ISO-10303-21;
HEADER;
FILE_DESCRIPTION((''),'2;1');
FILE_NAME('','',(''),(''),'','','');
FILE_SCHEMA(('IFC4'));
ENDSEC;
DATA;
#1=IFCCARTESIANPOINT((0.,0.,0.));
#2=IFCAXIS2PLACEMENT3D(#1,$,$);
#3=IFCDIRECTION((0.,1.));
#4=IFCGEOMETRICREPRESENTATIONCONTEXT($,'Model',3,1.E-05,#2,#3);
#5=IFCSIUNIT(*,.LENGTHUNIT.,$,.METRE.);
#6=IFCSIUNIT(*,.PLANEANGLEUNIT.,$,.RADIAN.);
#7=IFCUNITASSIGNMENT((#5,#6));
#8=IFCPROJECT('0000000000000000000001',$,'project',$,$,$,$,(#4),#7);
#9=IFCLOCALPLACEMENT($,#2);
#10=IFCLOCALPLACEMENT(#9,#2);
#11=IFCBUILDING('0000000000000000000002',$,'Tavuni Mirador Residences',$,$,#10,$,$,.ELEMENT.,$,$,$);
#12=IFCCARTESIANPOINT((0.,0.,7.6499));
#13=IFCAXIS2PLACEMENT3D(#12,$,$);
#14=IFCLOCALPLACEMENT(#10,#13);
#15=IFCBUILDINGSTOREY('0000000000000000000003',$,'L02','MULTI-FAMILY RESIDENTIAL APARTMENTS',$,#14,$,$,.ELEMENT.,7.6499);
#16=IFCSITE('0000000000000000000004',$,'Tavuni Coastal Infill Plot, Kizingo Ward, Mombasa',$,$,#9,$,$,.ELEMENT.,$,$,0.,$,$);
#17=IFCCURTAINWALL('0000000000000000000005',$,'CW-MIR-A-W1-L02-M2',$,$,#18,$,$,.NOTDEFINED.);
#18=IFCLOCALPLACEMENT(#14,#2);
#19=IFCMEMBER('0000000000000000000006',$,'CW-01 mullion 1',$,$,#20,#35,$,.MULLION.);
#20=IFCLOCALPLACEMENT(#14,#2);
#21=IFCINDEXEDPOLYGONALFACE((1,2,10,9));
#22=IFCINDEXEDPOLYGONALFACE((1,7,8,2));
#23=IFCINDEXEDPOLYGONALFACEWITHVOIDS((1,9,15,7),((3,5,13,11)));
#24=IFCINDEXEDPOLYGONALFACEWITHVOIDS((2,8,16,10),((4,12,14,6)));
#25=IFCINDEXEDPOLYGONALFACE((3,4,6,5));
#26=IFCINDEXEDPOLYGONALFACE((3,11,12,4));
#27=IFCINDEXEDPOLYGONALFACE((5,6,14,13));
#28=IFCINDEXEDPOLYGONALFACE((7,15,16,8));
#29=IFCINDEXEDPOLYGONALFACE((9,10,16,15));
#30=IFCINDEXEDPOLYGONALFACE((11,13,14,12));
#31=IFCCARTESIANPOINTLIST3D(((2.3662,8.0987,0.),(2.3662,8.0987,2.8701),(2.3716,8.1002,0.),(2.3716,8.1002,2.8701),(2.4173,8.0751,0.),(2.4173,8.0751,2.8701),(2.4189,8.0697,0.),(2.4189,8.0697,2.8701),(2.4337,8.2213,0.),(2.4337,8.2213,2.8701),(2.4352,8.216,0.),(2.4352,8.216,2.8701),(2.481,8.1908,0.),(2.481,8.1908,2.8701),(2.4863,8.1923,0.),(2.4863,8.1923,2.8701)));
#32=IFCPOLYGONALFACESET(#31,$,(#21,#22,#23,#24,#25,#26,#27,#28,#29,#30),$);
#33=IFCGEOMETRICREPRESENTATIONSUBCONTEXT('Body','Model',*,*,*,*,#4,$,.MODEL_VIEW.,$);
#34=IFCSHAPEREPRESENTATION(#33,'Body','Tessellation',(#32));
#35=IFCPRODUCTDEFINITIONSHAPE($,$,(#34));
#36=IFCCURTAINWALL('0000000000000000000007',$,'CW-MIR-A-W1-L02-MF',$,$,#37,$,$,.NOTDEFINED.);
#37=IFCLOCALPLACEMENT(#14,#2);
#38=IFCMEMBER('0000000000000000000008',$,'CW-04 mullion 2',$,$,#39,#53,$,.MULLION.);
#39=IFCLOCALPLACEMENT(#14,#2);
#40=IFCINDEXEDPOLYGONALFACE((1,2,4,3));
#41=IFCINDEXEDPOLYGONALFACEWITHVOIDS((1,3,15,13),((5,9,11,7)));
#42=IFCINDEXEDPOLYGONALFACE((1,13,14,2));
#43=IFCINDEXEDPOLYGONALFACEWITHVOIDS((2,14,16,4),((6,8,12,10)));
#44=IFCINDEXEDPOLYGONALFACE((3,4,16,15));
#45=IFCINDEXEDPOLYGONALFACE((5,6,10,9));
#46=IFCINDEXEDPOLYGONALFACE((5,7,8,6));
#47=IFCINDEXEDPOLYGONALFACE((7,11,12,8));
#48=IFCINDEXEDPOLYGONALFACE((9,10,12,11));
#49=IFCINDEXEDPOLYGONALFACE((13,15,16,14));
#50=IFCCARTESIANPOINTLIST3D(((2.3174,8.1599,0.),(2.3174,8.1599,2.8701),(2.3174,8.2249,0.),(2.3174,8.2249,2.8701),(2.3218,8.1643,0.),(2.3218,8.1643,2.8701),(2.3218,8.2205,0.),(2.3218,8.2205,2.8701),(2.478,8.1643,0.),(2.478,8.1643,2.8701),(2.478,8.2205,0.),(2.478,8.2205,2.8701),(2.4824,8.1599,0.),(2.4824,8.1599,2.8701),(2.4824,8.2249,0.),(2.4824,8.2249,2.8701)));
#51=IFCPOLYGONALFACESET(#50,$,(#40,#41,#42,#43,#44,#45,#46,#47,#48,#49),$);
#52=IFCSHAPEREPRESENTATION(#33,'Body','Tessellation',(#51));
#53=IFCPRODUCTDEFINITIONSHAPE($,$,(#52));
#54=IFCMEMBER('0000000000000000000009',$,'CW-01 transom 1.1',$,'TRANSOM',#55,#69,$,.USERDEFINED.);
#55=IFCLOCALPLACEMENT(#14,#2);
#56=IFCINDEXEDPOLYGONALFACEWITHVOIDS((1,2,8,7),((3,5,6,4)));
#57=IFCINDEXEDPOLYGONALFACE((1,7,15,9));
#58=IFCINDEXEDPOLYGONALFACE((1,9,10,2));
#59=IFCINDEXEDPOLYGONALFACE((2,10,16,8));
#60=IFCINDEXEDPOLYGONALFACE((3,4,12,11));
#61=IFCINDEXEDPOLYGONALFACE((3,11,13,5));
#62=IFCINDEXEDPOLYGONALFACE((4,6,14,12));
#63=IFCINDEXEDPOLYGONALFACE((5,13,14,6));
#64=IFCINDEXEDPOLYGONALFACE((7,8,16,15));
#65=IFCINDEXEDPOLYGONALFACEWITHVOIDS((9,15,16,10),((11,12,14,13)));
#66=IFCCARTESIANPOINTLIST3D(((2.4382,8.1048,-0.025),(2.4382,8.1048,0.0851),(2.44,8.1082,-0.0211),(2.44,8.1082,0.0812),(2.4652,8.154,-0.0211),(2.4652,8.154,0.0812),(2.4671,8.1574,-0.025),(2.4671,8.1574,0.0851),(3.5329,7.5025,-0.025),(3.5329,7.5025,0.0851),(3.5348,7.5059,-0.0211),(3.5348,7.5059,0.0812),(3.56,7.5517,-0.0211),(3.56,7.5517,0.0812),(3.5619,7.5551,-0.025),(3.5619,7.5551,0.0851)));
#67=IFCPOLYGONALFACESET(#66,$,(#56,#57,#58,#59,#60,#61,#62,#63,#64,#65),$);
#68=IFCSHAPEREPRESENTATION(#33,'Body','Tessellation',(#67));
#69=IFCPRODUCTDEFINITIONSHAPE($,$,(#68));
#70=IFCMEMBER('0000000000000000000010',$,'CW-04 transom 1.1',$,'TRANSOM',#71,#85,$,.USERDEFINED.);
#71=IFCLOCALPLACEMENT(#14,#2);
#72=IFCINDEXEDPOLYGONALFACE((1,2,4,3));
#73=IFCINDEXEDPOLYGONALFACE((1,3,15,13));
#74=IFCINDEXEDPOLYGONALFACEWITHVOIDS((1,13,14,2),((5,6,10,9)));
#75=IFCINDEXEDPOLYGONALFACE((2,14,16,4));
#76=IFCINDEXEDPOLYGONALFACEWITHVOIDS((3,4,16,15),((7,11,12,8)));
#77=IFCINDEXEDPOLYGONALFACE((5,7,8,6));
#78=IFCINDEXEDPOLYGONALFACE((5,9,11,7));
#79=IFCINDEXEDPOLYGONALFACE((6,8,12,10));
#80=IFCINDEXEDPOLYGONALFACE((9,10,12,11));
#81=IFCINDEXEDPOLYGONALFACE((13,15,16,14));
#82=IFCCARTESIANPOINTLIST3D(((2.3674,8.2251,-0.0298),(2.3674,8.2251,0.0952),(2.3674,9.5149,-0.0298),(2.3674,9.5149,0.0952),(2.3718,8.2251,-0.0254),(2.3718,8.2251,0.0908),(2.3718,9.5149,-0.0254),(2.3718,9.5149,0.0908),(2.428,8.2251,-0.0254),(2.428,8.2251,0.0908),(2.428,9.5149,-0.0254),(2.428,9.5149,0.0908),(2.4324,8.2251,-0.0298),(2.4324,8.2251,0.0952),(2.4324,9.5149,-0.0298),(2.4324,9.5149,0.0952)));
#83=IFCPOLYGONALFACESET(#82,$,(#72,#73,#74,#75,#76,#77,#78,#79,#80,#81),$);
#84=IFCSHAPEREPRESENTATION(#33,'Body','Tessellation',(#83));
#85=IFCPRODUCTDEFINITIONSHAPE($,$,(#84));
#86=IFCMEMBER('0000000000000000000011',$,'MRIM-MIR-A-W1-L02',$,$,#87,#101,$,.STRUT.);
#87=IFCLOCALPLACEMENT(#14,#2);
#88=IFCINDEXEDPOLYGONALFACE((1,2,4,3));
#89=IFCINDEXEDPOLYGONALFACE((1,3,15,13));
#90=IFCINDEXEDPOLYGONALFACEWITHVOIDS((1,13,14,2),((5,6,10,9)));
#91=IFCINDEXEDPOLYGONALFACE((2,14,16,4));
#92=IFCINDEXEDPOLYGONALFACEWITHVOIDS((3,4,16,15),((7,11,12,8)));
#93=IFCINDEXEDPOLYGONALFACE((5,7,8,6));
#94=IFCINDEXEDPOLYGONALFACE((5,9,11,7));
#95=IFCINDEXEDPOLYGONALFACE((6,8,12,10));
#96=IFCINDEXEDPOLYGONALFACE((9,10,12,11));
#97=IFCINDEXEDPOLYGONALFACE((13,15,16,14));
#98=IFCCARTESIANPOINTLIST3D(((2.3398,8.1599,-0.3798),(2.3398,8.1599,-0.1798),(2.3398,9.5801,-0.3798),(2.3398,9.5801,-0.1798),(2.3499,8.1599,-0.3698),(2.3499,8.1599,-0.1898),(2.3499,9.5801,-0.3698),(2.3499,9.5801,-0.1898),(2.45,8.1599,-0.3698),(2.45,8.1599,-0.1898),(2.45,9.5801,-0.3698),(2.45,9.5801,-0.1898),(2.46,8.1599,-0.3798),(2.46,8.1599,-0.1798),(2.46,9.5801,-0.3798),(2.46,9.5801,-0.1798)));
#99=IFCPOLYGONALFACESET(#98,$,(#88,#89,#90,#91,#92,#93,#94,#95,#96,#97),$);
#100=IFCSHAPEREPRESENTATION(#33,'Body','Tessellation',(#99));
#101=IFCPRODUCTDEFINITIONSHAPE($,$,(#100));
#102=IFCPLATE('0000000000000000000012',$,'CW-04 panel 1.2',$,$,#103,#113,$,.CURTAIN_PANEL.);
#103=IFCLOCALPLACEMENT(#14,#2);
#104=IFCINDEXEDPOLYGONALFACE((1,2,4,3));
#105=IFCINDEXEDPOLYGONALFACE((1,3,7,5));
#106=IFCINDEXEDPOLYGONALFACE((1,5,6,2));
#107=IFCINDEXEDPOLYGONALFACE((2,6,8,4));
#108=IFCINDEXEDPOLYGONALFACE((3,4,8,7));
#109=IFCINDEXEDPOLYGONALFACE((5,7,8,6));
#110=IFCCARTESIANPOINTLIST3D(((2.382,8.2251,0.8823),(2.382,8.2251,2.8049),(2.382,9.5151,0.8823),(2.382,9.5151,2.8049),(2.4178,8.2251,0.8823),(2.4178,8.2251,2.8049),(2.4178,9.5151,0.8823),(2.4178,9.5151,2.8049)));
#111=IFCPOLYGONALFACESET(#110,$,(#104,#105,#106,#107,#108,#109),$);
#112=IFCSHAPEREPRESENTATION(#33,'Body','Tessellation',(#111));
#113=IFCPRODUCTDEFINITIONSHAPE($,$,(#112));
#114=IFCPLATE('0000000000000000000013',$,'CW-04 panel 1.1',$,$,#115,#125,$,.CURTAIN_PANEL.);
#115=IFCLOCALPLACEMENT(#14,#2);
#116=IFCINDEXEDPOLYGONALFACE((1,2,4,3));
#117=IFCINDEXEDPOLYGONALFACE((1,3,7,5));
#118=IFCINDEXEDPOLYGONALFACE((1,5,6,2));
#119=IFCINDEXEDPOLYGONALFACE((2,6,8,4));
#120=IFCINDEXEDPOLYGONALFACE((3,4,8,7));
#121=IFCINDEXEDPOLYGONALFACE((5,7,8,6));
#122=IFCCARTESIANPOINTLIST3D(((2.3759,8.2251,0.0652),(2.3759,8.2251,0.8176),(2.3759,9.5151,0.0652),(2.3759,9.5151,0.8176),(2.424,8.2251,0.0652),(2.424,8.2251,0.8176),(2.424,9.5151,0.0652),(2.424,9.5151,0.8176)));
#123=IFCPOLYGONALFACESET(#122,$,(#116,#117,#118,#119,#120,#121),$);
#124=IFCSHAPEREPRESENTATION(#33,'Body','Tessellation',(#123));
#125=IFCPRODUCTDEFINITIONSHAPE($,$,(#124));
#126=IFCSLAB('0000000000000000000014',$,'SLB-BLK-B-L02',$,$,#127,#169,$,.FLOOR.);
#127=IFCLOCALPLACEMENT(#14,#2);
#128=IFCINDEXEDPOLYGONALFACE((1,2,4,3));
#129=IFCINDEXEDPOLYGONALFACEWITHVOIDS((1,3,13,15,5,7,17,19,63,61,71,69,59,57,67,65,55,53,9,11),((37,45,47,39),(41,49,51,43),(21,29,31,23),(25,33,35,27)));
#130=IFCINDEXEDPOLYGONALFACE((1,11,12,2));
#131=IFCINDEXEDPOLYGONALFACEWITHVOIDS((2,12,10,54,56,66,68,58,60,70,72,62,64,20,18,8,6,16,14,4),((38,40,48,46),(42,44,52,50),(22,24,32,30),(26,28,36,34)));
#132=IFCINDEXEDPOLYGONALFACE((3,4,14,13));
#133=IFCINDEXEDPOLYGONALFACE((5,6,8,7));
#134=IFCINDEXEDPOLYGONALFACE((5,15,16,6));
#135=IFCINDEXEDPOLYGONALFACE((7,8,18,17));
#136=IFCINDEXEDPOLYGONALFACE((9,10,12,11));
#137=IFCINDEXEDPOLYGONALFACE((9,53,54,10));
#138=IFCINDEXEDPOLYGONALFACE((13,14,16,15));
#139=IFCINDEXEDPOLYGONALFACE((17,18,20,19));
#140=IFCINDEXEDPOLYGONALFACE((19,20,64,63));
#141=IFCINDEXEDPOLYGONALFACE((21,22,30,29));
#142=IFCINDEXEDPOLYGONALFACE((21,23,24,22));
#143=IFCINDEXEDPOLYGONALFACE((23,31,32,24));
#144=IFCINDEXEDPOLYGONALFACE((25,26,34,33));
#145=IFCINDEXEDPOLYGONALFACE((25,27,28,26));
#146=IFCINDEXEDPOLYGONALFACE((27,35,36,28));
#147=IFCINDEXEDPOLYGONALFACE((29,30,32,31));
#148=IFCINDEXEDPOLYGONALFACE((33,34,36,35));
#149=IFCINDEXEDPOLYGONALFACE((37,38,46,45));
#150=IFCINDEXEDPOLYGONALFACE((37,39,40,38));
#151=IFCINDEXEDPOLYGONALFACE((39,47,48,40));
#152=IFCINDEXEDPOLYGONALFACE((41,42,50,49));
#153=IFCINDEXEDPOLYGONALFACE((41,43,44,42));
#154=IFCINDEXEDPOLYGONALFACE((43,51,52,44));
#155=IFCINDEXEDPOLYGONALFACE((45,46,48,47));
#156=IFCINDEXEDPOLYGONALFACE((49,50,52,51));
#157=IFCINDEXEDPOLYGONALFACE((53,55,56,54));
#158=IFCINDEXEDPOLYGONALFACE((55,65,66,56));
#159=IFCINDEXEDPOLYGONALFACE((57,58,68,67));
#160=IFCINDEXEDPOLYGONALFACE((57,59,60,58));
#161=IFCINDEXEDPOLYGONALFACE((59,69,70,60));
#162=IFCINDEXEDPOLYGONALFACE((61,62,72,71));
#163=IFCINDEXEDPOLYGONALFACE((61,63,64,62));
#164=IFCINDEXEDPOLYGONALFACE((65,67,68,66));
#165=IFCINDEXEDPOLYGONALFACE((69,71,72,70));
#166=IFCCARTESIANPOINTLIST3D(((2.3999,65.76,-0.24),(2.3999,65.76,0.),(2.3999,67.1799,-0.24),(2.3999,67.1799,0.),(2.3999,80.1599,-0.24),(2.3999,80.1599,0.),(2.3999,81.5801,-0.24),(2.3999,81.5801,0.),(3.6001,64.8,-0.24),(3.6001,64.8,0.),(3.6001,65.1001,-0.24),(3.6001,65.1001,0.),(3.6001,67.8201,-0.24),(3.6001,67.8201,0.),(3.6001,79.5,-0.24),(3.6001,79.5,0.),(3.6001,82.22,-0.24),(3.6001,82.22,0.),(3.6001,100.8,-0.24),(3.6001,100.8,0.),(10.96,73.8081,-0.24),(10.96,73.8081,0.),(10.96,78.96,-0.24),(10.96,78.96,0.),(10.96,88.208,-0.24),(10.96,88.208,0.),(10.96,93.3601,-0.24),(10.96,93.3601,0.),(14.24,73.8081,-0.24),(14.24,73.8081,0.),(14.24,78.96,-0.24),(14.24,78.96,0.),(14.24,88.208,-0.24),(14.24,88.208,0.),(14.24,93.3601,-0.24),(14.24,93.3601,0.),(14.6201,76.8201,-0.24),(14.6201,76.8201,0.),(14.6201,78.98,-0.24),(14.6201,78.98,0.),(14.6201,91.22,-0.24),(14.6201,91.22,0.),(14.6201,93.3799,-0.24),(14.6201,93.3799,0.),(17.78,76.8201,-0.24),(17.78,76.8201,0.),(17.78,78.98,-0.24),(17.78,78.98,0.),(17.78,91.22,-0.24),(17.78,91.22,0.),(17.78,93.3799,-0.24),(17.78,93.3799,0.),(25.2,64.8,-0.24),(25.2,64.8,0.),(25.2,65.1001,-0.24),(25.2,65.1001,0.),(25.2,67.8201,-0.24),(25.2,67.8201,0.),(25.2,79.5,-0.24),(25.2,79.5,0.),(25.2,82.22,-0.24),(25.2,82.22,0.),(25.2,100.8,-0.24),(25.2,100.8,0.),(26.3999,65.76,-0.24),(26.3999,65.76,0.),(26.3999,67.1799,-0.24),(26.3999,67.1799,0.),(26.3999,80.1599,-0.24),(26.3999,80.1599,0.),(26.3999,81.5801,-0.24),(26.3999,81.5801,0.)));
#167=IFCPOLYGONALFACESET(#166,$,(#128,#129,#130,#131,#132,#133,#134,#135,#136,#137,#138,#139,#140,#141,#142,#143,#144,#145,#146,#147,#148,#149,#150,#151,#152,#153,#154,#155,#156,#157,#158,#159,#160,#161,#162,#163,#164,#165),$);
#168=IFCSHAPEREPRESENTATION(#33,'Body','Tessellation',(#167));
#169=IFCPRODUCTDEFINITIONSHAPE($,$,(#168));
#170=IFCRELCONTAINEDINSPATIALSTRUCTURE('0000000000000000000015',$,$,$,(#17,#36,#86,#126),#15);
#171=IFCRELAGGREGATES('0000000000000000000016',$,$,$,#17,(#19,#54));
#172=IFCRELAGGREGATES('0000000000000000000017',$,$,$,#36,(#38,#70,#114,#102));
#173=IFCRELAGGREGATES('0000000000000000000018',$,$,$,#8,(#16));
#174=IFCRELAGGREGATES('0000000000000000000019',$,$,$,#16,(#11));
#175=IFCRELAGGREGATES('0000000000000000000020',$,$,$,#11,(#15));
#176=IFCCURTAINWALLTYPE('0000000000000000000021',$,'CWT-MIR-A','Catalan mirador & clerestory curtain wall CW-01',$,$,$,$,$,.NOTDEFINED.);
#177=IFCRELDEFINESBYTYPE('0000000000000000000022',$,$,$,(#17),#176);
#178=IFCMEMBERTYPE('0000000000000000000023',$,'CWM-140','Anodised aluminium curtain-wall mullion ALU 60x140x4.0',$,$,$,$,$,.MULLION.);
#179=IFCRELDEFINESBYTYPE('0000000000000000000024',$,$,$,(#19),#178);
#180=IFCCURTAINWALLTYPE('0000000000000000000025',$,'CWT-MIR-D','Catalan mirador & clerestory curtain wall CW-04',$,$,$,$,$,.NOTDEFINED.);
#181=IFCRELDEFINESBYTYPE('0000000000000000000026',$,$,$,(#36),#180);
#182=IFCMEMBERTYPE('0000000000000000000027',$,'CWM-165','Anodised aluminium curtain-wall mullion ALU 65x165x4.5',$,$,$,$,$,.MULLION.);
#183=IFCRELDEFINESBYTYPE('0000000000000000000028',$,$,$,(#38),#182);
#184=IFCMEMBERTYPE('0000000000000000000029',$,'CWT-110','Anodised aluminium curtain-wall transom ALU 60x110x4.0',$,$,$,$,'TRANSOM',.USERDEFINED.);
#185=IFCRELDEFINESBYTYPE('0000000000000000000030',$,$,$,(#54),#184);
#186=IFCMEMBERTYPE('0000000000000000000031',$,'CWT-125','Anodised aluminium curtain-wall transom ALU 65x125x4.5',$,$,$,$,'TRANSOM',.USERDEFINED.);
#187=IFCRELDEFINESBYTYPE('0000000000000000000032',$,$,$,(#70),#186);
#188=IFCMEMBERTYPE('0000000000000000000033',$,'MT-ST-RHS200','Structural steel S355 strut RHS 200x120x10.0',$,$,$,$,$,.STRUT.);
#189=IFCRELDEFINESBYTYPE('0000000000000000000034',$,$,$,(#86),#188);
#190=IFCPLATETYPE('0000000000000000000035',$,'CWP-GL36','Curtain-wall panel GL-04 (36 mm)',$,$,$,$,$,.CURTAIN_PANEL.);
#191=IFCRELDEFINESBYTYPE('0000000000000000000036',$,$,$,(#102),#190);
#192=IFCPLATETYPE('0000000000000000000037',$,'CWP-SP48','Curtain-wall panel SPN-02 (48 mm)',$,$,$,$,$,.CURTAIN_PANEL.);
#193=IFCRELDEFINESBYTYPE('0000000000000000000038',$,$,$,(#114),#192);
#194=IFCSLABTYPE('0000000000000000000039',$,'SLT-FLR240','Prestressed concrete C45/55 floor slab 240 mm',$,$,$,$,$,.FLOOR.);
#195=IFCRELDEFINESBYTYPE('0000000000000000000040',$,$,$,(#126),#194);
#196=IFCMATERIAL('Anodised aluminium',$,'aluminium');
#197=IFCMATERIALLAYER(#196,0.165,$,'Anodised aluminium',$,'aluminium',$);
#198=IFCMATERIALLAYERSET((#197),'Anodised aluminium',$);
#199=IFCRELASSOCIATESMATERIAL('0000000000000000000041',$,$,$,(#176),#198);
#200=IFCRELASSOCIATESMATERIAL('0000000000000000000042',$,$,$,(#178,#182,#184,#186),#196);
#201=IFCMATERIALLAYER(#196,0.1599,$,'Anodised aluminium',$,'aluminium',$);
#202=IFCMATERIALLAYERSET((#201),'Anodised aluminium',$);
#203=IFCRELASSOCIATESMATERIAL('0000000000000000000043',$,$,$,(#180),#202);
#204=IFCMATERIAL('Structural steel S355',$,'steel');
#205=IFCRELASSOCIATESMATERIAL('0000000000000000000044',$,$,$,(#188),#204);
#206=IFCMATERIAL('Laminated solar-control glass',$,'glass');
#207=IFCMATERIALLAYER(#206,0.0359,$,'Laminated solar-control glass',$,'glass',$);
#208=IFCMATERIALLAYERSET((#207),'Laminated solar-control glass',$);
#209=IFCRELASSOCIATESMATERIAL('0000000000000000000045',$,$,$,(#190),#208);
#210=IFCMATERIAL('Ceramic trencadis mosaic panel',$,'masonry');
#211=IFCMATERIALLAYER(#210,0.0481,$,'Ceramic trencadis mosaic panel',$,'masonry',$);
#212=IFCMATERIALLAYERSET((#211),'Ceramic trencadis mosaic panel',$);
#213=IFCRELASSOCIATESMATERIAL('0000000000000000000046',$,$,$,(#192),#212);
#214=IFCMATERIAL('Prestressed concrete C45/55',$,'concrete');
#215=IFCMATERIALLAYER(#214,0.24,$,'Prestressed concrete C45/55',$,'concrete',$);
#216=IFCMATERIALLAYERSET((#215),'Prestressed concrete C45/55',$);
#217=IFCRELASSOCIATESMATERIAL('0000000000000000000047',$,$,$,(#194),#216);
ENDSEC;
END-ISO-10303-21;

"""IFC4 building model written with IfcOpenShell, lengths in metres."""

from ifc_helpers import new_model, si_unit, direction, frame, origin, origin_2d, place, context, subcontext, project, spatial, polyline, rectangle, hollow_rectangle, outline, extrude, material, layer, layer_set, material_profile, profile_set, type_object, element, aggregate, save


model = new_model("IFC4")

# Units and contexts
model_context = context("Model", 3, precision=1e-05, world=origin(), true_north=direction((0.0, 1.0)))
body_context = subcontext(model_context, "Body", "Model", "MODEL_VIEW")
ifc_project = project(units=[si_unit("LENGTHUNIT", "METRE"), si_unit("PLANEANGLEUNIT", "RADIAN")], contexts=[model_context])

# Site, building, storey
site_placement = place(None, origin())
site = spatial("IfcSite", under=ifc_project, at=site_placement, Name="Tavuni Coastal Infill Plot, Kizingo Ward, Mombasa", CompositionType="ELEMENT", RefElevation=0.0)
building_placement = place(site_placement, origin())
building = spatial("IfcBuilding", under=site, at=building_placement, Name="Tavuni Mirador Residences", CompositionType="ELEMENT")
storey_placement = place(building_placement, frame((0.0, 0.0, 7.6499)))
storey = spatial("IfcBuildingStorey", under=building, at=storey_placement, Name="L02", Description="MULTI-FAMILY RESIDENTIAL APARTMENTS", CompositionType="ELEMENT", Elevation=7.6499)

# Curtain walls, members
ifc_material_1 = material(Name="Anodised aluminium", Category="aluminium")
ifc_layer_1 = layer(ifc_material_1, 0.165, Name="Anodised aluminium", Category="aluminium")
ifc_layer_set_1 = layer_set([ifc_layer_1], Name="Anodised aluminium")
curtain_wall_type_1 = type_object("IfcCurtainWallType", Name="CWT-MIR-A", Description="Catalan mirador & clerestory curtain wall CW-01", PredefinedType="NOTDEFINED", material=ifc_layer_set_1)
curtain_wall_1_placement = place(storey_placement, origin())
curtain_wall_1 = element("IfcCurtainWall", 1, at=curtain_wall_1_placement, inside=storey, type_object=curtain_wall_type_1, Name="CW-MIR-A-W1-L02-M2", PredefinedType="NOTDEFINED")
ifc_material_profile_1 = material_profile(ifc_material_1, hollow_rectangle(XDim=0.0601, YDim=0.1399, WallThickness=0.0039, at=origin_2d()), Name="ALU 60x140x4.0", Category="aluminium")
ifc_profile_set_1 = profile_set([ifc_material_profile_1], Name="Anodised aluminium")
member_type_1 = type_object("IfcMemberType", Name="CWM-140", Description="Anodised aluminium curtain-wall mullion ALU 60x140x4.0", PredefinedType="MULLION", material=ifc_profile_set_1)
member_1_placement = place(storey_placement, frame((2.4263, 8.1455, 0.0), z_axis=(0.0, 0.0, 1.0), x_axis=(0.876216, -0.481919, 0.0)))
member_1 = element("IfcMember", 2, at=member_1_placement, type_object=member_type_1, Name="CW-01 mullion 1", PredefinedType="MULLION", context=body_context, shape_type="SweptSolid", body=[
    extrude(hollow_rectangle(XDim=0.0601, YDim=0.1399, WallThickness=0.0039, at=origin_2d()), origin(), (0.0, 0.0, 1.0), 2.8701),
])
ifc_layer_2 = layer(ifc_material_1, 0.1599, Name="Anodised aluminium", Category="aluminium")
ifc_layer_set_2 = layer_set([ifc_layer_2], Name="Anodised aluminium")
curtain_wall_type_2 = type_object("IfcCurtainWallType", Name="CWT-MIR-D", Description="Catalan mirador & clerestory curtain wall CW-04", PredefinedType="NOTDEFINED", material=ifc_layer_set_2)
curtain_wall_2_placement = place(storey_placement, origin())
curtain_wall_2 = element("IfcCurtainWall", 3, at=curtain_wall_2_placement, inside=storey, type_object=curtain_wall_type_2, Name="CW-MIR-A-W1-L02-MF", PredefinedType="NOTDEFINED")
ifc_material_profile_2 = material_profile(ifc_material_1, hollow_rectangle(XDim=0.0649, YDim=0.165, WallThickness=0.0044, at=origin_2d()), Name="ALU 65x165x4.5", Category="aluminium")
ifc_profile_set_2 = profile_set([ifc_material_profile_2], Name="Anodised aluminium")
member_type_2 = type_object("IfcMemberType", Name="CWM-165", Description="Anodised aluminium curtain-wall mullion ALU 65x165x4.5", PredefinedType="MULLION", material=ifc_profile_set_2)
member_2_placement = place(storey_placement, frame((2.3999, 8.1924, 0.0), z_axis=(0.0, 0.0, 1.0), x_axis=(0.0, -1.0, 0.0)))
member_2 = element("IfcMember", 4, at=member_2_placement, type_object=member_type_2, Name="CW-04 mullion 2", PredefinedType="MULLION", context=body_context, shape_type="SweptSolid", body=[
    extrude(hollow_rectangle(XDim=0.0649, YDim=0.165, WallThickness=0.0044, at=origin_2d()), origin(), (0.0, 0.0, 1.0), 2.8701),
])

# Members
ifc_material_profile_3 = material_profile(ifc_material_1, hollow_rectangle(XDim=0.0601, YDim=0.1101, WallThickness=0.0039, at=origin_2d()), Name="ALU 60x110x4.0", Category="aluminium")
ifc_profile_set_3 = profile_set([ifc_material_profile_3], Name="Anodised aluminium")
member_type_3 = type_object("IfcMemberType", Name="CWT-110", Description="Anodised aluminium curtain-wall transom ALU 60x110x4.0", ElementType="TRANSOM", PredefinedType="USERDEFINED", material=ifc_profile_set_3)
member_3_placement = place(storey_placement, frame((2.4526, 8.1311, 0.03), z_axis=(0.87615, -0.482039, 0.0), x_axis=(0.482039, 0.87615, 0.0)))
member_3 = element("IfcMember", 5, at=member_3_placement, type_object=member_type_3, Name="CW-01 transom 1.1", ObjectType="TRANSOM", PredefinedType="USERDEFINED", context=body_context, shape_type="SweptSolid", body=[
    extrude(hollow_rectangle(XDim=0.0601, YDim=0.1101, WallThickness=0.0039, at=origin_2d()), origin(), (0.0, 0.0, 1.0), 1.2495),
])
aggregate(curtain_wall_1, [member_1, member_3])
ifc_material_profile_4 = material_profile(ifc_material_1, hollow_rectangle(XDim=0.0649, YDim=0.125, WallThickness=0.0044, at=origin_2d()), Name="ALU 65x125x4.5", Category="aluminium")
ifc_profile_set_4 = profile_set([ifc_material_profile_4], Name="Anodised aluminium")
member_type_4 = type_object("IfcMemberType", Name="CWT-125", Description="Anodised aluminium curtain-wall transom ALU 65x125x4.5", ElementType="TRANSOM", PredefinedType="USERDEFINED", material=ifc_profile_set_4)
member_4_placement = place(storey_placement, frame((2.3999, 9.5149, 0.0327), z_axis=(0.0, -1.0, 0.0), x_axis=(1.0, 0.0, 0.0)))
member_4 = element("IfcMember", 6, at=member_4_placement, type_object=member_type_4, Name="CW-04 transom 1.1", ObjectType="TRANSOM", PredefinedType="USERDEFINED", context=body_context, shape_type="SweptSolid", body=[
    extrude(hollow_rectangle(XDim=0.0649, YDim=0.125, WallThickness=0.0044, at=origin_2d()), origin(), (0.0, 0.0, 1.0), 1.2898),
])
ifc_material_2 = material(Name="Structural steel S355", Category="steel")
ifc_material_profile_5 = material_profile(ifc_material_2, hollow_rectangle(XDim=0.1201, YDim=0.2, WallThickness=0.01, at=origin_2d()), Name="RHS 200x120x10.0", Category="steel")
ifc_profile_set_5 = profile_set([ifc_material_profile_5], Name="Structural steel S355")
member_type_5 = type_object("IfcMemberType", Name="MT-ST-RHS200", Description="Structural steel S355 strut RHS 200x120x10.0", PredefinedType="STRUT", material=ifc_profile_set_5)
member_5_placement = place(storey_placement, frame((2.3999, 8.1599, -0.2798), z_axis=(0.0, 1.0, 0.0), x_axis=(-1.0, 0.0, 0.0)))
element("IfcMember", 7, at=member_5_placement, inside=storey, type_object=member_type_5, Name="MRIM-MIR-A-W1-L02", PredefinedType="STRUT", context=body_context, shape_type="SweptSolid", body=[
    extrude(hollow_rectangle(XDim=0.1201, YDim=0.2, WallThickness=0.01, at=origin_2d()), origin(), (0.0, 0.0, 1.0), 1.4202),
])

# Plates
ifc_material_3 = material(Name="Laminated solar-control glass", Category="glass")
ifc_layer_3 = layer(ifc_material_3, 0.0359, Name="Laminated solar-control glass", Category="glass")
ifc_layer_set_3 = layer_set([ifc_layer_3], Name="Laminated solar-control glass")
plate_type_1 = type_object("IfcPlateType", Name="CWP-GL36", Description="Curtain-wall panel GL-04 (36 mm)", PredefinedType="CURTAIN_PANEL", material=ifc_layer_set_3)
plate_1_placement = place(storey_placement, frame((2.3999, 8.8701, 0.8823), z_axis=(0.0, 0.0, 1.0), x_axis=(0.0, -1.0, 0.0)))
plate_1 = element("IfcPlate", 8, at=plate_1_placement, type_object=plate_type_1, Name="CW-04 panel 1.2", PredefinedType="CURTAIN_PANEL", context=body_context, shape_type="SweptSolid", body=[
    extrude(rectangle(XDim=1.29, YDim=0.0359, at=origin_2d()), origin(), (0.0, 0.0, 1.0), 1.9226),
])
ifc_material_4 = material(Name="Ceramic trencadis mosaic panel", Category="masonry")
ifc_layer_4 = layer(ifc_material_4, 0.0481, Name="Ceramic trencadis mosaic panel", Category="masonry")
ifc_layer_set_4 = layer_set([ifc_layer_4], Name="Ceramic trencadis mosaic panel")
plate_type_2 = type_object("IfcPlateType", Name="CWP-SP48", Description="Curtain-wall panel SPN-02 (48 mm)", PredefinedType="CURTAIN_PANEL", material=ifc_layer_set_4)
plate_2_placement = place(storey_placement, frame((2.3999, 8.8701, 0.0652), z_axis=(0.0, 0.0, 1.0), x_axis=(0.0, -1.0, 0.0)))
plate_2 = element("IfcPlate", 9, at=plate_2_placement, type_object=plate_type_2, Name="CW-04 panel 1.1", PredefinedType="CURTAIN_PANEL", context=body_context, shape_type="SweptSolid", body=[
    extrude(rectangle(XDim=1.29, YDim=0.0481, at=origin_2d()), origin(), (0.0, 0.0, 1.0), 0.7524),
])
aggregate(curtain_wall_2, [member_2, member_4, plate_2, plate_1])

# Slab
ifc_material_5 = material(Name="Prestressed concrete C45/55", Category="concrete")
ifc_layer_5 = layer(ifc_material_5, 0.24, Name="Prestressed concrete C45/55", Category="concrete")
ifc_layer_set_5 = layer_set([ifc_layer_5], Name="Prestressed concrete C45/55")
slab_type_1 = type_object("IfcSlabType", Name="SLT-FLR240", Description="Prestressed concrete C45/55 floor slab 240 mm", PredefinedType="FLOOR", material=ifc_layer_set_5)
slab_1_placement = place(storey_placement, frame((0.0, 0.0, -0.24)))
element("IfcSlab", 10, at=slab_1_placement, inside=storey, type_object=slab_type_1, Name="SLB-BLK-B-L02", PredefinedType="FLOOR", context=body_context, shape_type="SweptSolid", body=[
    extrude(outline(polyline([(3.6001, 64.8), (25.2, 64.8), (25.2, 65.1001), (26.3999, 65.76), (26.3999, 67.1799), (25.2, 67.8201), (25.2, 79.5), (26.3999, 80.1599), (26.3999, 81.5801), (25.2, 82.22), (25.2, 100.8), (3.6001, 100.8), (3.6001, 82.22), (2.3999, 81.5801), (2.3999, 80.1599), (3.6001, 79.5), (3.6001, 67.8201), (2.3999, 67.1799), (2.3999, 65.76), (3.6001, 65.1001), (3.6001, 64.8)]), holes=[polyline([(10.96, 73.8081), (14.24, 73.8081), (14.24, 78.96), (10.96, 78.96), (10.96, 73.8081)]), polyline([(14.6201, 76.8201), (17.78, 76.8201), (17.78, 78.98), (14.6201, 78.98), (14.6201, 76.8201)]), polyline([(10.96, 88.208), (14.24, 88.208), (14.24, 93.3601), (10.96, 93.3601), (10.96, 88.208)]), polyline([(14.6201, 91.22), (17.78, 91.22), (17.78, 93.3799), (14.6201, 93.3799), (14.6201, 91.22)])]), origin(), (0.0, 0.0, 1.0), 0.24),
])

save(model, "model.ifc")
